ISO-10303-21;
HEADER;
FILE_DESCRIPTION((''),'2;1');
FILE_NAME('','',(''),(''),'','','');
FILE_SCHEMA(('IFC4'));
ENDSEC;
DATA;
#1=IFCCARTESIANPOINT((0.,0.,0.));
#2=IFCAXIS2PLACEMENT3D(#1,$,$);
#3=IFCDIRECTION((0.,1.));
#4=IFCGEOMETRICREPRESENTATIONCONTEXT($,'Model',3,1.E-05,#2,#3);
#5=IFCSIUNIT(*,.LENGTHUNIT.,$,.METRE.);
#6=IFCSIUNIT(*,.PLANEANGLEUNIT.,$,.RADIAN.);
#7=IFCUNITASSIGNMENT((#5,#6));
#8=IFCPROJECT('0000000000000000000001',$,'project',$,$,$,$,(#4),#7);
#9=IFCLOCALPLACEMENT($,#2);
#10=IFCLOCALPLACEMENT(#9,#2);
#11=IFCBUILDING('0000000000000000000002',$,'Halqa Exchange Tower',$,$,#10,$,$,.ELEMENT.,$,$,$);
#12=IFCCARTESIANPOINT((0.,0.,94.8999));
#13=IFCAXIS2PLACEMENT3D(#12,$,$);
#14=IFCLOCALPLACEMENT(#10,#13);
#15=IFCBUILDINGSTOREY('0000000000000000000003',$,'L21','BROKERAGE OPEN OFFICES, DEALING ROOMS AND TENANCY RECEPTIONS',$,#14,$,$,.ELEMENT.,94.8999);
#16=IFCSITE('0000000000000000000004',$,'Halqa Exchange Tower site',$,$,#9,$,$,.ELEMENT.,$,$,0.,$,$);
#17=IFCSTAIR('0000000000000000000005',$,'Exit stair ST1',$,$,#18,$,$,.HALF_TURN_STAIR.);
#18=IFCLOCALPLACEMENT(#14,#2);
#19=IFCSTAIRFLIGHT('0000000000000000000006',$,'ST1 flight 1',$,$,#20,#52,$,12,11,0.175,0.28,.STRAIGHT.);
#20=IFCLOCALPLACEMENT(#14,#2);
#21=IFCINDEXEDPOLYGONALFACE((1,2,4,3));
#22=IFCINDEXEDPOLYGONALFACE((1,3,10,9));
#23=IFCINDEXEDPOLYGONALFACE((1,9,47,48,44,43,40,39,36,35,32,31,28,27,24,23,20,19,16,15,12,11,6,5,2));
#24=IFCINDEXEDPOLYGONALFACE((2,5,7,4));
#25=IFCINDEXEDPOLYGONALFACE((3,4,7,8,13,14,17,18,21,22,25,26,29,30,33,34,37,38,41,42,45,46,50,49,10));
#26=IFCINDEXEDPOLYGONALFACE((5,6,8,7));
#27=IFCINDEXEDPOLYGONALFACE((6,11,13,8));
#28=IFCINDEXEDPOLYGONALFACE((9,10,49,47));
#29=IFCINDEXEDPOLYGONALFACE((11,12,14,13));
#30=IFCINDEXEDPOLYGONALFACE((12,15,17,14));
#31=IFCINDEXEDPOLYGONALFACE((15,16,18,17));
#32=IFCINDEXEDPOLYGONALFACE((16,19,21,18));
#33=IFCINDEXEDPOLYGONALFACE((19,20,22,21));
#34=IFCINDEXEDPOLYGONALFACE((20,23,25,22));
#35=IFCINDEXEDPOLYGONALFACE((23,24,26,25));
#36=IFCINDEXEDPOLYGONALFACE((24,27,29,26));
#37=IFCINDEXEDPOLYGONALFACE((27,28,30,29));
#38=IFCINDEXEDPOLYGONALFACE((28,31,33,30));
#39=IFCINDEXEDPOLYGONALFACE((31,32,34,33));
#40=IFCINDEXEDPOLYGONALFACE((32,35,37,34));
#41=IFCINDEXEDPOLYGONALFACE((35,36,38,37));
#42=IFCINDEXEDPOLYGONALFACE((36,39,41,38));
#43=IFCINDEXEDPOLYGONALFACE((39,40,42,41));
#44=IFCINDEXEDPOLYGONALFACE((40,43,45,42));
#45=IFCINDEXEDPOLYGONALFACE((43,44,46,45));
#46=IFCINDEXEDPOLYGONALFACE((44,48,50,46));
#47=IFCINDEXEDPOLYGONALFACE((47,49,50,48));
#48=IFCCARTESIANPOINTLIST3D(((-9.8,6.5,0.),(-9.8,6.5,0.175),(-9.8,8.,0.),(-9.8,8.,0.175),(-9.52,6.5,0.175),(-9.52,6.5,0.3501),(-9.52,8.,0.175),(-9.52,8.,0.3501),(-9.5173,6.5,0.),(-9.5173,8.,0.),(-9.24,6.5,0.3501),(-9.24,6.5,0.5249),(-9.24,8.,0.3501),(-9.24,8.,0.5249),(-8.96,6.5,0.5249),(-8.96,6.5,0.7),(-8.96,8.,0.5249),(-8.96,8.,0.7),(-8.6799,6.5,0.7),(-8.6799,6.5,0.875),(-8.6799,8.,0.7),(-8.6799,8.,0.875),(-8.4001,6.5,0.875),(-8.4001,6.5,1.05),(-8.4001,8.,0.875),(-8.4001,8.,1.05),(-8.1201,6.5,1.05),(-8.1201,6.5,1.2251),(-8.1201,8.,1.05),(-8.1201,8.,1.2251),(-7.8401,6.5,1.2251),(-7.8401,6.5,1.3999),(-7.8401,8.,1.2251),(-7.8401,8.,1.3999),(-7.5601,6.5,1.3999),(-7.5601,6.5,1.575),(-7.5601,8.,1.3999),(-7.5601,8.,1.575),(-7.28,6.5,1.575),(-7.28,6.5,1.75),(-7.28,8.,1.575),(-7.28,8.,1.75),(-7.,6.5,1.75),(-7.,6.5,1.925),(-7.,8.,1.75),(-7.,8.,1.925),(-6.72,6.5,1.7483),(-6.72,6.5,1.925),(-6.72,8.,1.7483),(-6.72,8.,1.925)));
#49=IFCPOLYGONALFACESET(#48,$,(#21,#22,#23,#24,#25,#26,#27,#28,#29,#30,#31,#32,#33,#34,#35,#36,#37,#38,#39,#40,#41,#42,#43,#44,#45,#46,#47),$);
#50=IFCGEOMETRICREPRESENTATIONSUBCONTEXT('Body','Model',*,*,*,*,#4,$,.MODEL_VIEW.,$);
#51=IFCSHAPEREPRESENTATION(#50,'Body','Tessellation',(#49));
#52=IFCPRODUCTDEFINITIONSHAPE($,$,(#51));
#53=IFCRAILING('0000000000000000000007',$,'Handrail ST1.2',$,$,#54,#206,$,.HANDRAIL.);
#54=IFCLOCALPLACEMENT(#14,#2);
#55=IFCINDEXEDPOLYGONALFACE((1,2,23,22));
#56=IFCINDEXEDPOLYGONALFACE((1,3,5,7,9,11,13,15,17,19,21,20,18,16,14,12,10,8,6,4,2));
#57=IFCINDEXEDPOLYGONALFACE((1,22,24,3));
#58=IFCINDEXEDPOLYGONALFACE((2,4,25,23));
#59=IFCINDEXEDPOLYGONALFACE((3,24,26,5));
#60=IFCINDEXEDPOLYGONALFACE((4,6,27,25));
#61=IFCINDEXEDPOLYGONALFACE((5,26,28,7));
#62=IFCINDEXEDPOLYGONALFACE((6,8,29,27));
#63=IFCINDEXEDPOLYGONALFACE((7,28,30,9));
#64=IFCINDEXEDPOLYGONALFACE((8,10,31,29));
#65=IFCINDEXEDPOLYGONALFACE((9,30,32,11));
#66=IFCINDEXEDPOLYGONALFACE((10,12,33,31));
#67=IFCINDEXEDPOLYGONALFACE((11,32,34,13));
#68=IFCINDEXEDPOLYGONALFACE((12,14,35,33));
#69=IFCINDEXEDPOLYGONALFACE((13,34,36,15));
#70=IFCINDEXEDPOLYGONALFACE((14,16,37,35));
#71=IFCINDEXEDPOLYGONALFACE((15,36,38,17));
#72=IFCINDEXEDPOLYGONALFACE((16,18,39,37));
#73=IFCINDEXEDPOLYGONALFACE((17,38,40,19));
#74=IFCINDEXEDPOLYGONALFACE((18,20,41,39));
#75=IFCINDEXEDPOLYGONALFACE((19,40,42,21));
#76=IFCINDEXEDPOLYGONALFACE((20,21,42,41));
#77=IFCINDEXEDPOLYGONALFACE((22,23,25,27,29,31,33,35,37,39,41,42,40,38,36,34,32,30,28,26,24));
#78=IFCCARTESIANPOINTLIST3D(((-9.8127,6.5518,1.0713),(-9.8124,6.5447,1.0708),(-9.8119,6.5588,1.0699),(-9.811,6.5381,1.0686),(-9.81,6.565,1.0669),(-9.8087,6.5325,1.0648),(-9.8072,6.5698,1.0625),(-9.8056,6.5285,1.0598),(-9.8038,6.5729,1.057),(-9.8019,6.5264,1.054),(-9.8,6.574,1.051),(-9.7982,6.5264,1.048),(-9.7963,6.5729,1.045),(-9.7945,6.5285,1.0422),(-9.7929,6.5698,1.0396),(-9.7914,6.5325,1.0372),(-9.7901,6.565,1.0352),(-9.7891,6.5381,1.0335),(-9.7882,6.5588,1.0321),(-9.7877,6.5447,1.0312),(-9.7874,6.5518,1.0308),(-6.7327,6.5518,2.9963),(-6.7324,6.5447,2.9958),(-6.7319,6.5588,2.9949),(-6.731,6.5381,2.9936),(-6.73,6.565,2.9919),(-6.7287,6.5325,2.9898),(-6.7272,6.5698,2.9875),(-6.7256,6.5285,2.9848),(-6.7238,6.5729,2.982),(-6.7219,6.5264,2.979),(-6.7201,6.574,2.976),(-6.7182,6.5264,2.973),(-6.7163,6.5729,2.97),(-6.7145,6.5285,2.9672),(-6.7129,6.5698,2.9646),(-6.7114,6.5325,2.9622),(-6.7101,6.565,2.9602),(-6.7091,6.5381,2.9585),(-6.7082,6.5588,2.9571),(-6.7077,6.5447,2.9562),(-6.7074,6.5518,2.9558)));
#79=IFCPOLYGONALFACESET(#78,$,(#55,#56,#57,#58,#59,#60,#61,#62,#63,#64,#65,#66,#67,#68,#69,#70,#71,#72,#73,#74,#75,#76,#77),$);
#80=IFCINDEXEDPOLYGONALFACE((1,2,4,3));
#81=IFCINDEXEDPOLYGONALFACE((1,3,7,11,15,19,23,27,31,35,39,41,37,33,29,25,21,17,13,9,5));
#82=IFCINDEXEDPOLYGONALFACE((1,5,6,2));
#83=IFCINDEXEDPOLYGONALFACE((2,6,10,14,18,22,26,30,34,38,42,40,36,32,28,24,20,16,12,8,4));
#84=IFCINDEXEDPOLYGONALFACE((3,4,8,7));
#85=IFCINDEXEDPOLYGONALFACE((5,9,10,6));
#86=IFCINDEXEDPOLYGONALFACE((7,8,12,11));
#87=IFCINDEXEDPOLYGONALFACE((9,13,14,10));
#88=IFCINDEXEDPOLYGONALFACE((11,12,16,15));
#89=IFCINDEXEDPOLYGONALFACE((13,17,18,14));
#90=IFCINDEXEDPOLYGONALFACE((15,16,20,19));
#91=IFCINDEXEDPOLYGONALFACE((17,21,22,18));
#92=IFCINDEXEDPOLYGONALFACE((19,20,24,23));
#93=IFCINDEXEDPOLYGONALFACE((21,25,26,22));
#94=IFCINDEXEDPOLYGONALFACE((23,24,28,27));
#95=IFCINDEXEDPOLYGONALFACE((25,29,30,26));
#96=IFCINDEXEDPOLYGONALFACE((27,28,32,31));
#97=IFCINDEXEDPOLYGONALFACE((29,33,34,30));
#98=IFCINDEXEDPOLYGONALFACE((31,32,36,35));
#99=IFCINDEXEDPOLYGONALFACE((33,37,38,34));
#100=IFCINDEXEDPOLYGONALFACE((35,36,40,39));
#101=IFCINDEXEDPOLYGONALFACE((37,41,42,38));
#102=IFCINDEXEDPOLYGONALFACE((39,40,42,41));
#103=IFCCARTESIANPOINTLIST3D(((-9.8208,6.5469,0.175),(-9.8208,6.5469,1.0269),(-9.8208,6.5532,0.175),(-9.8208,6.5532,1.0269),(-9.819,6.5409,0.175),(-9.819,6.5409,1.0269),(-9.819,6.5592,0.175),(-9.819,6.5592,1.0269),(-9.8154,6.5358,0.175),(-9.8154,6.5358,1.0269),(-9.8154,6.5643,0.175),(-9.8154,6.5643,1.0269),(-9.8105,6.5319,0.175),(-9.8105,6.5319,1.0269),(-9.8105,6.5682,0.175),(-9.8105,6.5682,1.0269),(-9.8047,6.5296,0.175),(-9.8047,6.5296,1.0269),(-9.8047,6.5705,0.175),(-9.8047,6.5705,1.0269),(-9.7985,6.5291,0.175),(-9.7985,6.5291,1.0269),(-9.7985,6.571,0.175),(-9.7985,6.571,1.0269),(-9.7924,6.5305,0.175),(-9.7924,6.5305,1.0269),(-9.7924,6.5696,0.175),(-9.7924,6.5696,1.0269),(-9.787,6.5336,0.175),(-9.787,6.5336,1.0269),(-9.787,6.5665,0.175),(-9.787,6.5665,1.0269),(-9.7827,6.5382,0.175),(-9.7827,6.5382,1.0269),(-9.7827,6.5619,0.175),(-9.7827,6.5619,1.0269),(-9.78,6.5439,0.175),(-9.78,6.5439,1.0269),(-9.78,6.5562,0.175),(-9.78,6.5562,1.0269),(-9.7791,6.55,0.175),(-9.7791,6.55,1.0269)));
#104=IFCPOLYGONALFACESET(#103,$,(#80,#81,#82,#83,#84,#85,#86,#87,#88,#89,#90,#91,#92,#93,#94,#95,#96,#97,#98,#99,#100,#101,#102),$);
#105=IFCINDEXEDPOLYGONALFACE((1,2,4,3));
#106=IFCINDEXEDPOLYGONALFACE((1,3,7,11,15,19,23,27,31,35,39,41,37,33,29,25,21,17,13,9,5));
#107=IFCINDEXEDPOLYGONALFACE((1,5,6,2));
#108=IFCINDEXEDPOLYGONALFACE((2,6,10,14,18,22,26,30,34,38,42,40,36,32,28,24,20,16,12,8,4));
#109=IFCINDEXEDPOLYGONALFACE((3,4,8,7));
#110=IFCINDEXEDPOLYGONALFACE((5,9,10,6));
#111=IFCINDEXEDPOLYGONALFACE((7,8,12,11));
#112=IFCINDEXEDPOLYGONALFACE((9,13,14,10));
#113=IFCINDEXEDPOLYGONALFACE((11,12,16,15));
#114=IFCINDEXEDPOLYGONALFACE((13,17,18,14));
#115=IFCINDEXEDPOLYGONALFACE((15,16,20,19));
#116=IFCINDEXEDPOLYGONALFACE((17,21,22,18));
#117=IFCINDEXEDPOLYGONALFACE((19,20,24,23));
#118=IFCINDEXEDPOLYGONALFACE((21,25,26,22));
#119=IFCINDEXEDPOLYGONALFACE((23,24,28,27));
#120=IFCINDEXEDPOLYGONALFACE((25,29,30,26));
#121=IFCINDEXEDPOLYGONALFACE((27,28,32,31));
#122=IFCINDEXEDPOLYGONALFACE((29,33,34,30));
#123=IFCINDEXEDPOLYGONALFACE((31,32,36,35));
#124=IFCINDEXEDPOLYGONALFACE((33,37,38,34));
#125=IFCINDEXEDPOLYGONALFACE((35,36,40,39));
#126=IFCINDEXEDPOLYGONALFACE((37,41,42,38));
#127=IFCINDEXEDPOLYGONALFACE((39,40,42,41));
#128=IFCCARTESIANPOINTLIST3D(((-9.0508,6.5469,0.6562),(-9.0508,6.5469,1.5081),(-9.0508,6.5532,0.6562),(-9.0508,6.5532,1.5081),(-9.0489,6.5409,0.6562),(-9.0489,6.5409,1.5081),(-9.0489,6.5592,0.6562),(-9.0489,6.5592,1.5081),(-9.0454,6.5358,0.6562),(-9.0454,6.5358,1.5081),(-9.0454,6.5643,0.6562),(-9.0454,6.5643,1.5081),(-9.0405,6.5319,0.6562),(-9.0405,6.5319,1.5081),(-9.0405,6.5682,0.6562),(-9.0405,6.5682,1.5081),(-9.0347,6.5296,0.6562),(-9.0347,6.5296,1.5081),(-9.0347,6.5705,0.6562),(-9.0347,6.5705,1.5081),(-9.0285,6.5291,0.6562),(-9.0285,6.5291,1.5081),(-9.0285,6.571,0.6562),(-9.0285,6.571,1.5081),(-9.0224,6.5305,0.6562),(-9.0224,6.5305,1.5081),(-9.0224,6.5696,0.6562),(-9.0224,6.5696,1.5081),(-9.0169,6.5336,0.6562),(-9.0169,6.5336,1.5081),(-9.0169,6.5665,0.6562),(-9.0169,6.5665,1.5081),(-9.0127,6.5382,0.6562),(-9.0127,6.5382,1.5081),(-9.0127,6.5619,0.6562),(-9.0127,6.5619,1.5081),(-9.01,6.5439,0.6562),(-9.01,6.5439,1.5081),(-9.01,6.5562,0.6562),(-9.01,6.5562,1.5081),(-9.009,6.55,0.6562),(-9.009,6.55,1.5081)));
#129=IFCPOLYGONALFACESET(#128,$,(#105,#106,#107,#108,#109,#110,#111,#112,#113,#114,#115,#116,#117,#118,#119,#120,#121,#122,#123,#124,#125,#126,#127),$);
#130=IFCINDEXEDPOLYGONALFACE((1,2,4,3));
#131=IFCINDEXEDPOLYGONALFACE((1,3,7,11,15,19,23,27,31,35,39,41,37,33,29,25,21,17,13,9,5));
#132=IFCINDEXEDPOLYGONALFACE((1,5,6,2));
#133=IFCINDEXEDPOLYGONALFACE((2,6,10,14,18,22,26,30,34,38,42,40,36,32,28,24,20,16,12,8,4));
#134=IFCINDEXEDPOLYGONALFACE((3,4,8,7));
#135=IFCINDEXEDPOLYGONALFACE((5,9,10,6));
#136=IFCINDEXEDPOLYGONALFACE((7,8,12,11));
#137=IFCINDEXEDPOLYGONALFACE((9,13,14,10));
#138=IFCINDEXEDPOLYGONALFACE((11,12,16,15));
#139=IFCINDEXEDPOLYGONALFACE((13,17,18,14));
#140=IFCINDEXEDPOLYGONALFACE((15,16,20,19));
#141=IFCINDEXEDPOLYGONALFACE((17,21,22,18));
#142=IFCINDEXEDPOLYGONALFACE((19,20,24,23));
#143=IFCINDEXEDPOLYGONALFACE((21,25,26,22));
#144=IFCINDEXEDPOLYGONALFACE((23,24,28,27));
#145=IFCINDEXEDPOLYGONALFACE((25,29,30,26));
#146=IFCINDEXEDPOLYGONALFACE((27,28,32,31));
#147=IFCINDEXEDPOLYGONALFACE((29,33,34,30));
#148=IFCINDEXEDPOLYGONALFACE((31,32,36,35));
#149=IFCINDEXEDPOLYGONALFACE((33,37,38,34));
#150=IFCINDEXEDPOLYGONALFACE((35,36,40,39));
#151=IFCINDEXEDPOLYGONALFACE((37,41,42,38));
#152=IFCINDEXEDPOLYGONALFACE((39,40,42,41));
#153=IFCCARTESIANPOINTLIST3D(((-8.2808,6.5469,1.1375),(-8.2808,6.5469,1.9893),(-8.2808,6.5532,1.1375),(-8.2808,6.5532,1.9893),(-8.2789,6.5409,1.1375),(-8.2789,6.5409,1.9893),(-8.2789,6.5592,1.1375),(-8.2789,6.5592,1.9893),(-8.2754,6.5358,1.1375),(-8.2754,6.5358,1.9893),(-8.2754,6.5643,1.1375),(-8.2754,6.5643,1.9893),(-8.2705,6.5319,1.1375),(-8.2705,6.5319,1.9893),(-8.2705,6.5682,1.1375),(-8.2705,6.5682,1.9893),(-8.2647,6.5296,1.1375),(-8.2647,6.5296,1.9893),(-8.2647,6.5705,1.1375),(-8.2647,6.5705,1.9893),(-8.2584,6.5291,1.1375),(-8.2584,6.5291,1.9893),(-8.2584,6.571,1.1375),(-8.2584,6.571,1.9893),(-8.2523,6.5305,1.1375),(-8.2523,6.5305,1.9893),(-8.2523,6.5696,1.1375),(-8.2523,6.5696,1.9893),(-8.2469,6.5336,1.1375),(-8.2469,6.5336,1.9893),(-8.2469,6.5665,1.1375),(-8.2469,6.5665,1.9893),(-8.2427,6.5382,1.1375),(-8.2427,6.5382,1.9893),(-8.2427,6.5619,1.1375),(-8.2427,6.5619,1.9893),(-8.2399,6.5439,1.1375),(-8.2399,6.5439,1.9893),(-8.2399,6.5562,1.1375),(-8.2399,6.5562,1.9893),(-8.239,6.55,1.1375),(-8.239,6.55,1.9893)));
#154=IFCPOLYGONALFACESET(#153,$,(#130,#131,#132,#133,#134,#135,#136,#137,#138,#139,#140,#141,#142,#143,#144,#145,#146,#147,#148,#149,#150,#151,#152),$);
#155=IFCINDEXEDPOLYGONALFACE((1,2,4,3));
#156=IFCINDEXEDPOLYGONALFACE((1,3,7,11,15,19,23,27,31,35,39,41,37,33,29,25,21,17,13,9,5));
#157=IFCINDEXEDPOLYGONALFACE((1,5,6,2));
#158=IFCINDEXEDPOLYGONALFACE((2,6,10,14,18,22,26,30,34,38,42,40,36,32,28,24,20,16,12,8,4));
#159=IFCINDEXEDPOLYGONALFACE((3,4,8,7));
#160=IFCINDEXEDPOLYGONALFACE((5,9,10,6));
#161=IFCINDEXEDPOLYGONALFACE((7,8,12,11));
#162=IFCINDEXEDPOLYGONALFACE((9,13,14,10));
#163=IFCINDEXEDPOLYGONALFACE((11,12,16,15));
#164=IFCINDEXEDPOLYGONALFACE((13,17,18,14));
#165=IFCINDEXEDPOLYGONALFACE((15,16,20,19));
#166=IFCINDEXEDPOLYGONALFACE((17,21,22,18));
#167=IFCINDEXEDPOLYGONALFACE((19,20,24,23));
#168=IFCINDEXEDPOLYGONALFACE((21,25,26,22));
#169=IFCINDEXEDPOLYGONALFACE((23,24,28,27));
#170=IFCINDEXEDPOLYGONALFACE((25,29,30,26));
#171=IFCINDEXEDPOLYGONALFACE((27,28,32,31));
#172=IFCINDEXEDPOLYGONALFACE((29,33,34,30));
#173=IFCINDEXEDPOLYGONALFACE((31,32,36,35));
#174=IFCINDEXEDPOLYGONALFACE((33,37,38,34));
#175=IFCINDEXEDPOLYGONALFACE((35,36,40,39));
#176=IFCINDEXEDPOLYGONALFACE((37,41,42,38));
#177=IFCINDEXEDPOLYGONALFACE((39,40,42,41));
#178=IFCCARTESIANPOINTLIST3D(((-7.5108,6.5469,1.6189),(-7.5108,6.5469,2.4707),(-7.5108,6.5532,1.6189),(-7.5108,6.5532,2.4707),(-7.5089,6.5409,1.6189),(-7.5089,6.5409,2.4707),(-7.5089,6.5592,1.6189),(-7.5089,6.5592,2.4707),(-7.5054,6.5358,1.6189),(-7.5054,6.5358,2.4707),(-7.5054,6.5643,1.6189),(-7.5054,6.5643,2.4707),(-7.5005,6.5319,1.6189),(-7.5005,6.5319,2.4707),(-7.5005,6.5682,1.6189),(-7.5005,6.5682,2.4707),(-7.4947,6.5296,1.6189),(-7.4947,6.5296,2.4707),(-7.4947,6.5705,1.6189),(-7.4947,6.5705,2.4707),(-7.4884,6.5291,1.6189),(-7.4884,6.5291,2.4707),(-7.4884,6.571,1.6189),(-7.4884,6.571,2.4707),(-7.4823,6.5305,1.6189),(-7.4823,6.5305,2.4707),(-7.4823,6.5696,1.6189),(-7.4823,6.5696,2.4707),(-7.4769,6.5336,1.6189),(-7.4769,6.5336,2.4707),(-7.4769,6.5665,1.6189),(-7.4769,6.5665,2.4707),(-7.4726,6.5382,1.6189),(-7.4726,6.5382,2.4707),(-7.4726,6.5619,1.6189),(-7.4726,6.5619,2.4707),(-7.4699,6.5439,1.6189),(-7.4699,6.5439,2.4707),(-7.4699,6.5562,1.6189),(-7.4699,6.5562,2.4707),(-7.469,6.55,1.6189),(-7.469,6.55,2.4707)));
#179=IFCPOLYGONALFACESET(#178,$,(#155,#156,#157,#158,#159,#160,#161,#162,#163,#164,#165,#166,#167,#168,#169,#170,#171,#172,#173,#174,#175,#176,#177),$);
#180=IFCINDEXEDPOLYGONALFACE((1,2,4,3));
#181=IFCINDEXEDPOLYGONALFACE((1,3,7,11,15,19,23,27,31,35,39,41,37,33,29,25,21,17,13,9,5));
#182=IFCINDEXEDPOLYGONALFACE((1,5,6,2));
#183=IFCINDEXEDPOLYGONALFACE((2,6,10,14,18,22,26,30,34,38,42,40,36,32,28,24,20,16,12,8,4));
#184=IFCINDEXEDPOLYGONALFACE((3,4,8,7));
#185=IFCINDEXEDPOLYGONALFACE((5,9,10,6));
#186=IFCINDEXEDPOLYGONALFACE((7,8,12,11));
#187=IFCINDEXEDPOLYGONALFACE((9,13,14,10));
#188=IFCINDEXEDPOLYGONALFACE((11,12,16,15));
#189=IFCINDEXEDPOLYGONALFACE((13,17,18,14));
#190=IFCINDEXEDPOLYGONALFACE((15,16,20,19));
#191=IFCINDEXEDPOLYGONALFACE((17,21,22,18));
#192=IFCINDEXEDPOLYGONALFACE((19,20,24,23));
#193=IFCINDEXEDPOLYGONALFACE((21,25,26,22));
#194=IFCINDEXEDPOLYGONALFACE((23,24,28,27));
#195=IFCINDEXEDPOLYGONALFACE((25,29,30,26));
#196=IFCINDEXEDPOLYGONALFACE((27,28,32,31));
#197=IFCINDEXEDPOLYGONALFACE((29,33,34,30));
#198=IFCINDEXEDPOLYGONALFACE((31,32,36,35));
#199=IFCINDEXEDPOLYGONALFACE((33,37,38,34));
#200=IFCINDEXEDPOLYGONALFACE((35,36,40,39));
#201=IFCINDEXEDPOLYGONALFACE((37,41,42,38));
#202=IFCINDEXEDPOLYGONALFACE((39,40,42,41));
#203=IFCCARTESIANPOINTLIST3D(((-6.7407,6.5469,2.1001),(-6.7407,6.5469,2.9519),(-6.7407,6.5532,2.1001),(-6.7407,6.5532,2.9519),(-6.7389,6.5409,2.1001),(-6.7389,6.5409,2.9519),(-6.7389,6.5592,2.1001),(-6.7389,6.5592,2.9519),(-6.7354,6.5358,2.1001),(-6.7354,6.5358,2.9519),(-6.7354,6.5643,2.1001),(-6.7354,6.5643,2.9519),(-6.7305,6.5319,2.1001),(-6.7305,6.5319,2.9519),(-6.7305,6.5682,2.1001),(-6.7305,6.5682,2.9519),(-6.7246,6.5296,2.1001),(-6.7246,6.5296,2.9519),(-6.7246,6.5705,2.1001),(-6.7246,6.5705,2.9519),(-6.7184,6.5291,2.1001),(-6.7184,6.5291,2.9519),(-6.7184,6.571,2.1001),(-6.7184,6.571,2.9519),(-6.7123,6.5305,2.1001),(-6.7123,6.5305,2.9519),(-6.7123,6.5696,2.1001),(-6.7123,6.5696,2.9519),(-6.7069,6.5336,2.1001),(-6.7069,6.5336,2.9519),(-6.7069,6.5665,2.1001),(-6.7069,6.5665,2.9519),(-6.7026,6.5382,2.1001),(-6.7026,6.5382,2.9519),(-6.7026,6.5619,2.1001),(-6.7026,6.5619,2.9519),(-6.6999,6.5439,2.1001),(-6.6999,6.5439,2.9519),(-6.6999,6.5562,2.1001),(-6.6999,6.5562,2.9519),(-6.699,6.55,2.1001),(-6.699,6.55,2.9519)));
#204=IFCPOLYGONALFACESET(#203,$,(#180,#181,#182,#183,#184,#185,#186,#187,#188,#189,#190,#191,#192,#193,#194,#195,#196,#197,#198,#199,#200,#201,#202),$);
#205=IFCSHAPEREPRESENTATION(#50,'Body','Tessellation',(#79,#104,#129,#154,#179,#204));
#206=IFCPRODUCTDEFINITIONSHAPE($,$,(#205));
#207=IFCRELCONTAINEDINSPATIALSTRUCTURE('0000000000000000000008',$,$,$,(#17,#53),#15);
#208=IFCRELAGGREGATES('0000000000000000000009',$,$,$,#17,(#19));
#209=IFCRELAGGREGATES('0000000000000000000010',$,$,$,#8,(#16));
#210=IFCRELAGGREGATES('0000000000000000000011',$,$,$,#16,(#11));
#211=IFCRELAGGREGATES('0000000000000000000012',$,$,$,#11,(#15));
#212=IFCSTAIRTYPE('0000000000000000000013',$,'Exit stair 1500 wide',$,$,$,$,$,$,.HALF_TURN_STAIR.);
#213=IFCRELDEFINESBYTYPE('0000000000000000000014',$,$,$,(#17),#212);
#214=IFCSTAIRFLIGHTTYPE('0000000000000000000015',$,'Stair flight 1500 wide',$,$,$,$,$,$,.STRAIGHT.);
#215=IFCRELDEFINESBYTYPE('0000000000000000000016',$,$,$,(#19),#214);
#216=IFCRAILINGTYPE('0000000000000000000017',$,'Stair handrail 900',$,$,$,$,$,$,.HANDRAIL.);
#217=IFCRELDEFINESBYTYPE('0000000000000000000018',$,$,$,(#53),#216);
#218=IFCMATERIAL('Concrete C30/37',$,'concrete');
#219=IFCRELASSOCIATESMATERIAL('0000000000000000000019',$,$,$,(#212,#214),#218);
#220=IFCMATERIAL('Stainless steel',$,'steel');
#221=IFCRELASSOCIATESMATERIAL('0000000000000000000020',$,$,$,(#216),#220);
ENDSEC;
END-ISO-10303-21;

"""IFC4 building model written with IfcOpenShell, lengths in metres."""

from ifc_helpers import new_model, si_unit, direction, frame, origin, origin_2d, place, context, subcontext, project, spatial, polyline, circle, outline, extrude, material, type_object, element, aggregate, save


model = new_model("IFC4")

# Units and contexts
model_context = context("Model", 3, precision=1e-05, world=origin(), true_north=direction((0.0, 1.0)))
body_context = subcontext(model_context, "Body", "Model", "MODEL_VIEW")
ifc_project = project(units=[si_unit("LENGTHUNIT", "METRE"), si_unit("PLANEANGLEUNIT", "RADIAN")], contexts=[model_context])

# Site, building, storey
site_placement = place(None, origin())
site = spatial("IfcSite", under=ifc_project, at=site_placement, Name="Halqa Exchange Tower site", CompositionType="ELEMENT", RefElevation=0.0)
building_placement = place(site_placement, origin())
building = spatial("IfcBuilding", under=site, at=building_placement, Name="Halqa Exchange Tower", CompositionType="ELEMENT")
storey_placement = place(building_placement, frame((0.0, 0.0, 94.8999)))
storey = spatial("IfcBuildingStorey", under=building, at=storey_placement, Name="L21", Description="BROKERAGE OPEN OFFICES, DEALING ROOMS AND TENANCY RECEPTIONS", CompositionType="ELEMENT", Elevation=94.8999)

# Shared definitions
ifc_material_1 = material(Name="Stainless steel", Category="steel")

# Shared definitions
ifc_material_2 = material(Name="Concrete C30/37", Category="concrete")

# Stair, stair flight
stair_type = type_object("IfcStairType", Name="Exit stair 1500 wide", PredefinedType="HALF_TURN_STAIR", material=ifc_material_2)
stair_placement = place(storey_placement, origin())
stair = element("IfcStair", 1, at=stair_placement, inside=storey, type_object=stair_type, Name="Exit stair ST1", PredefinedType="HALF_TURN_STAIR")
stair_flight_type = type_object("IfcStairFlightType", Name="Stair flight 1500 wide", PredefinedType="STRAIGHT", material=ifc_material_2)
stair_flight_placement = place(storey_placement, frame((-9.8, 7.25, 0.0), z_axis=(0.0, 0.0, 1.0), x_axis=(1.0, 0.0, 0.0)))
stair_flight = element("IfcStairFlight", 2, at=stair_flight_placement, type_object=stair_flight_type, Name="ST1 flight 1", NumberOfRisers=12, NumberOfTreads=11, PredefinedType="STRAIGHT", RiserHeight=0.175, TreadLength=0.28, context=body_context, shape_type="SweptSolid", body=[
    extrude(outline(polyline([(0.0, 0.0), (0.0, 0.175), (0.28, 0.175), (0.28, 0.3501), (0.5601, 0.3501), (0.5601, 0.5249), (0.8401, 0.5249), (0.8401, 0.7), (1.1201, 0.7), (1.1201, 0.875), (1.3999, 0.875), (1.3999, 1.05), (1.6799, 1.05), (1.6799, 1.2251), (1.96, 1.2251), (1.96, 1.3999), (2.24, 1.3999), (2.24, 1.575), (2.52, 1.575), (2.52, 1.75), (2.8, 1.75), (2.8, 1.925), (3.0801, 1.925), (3.0801, 2.1001), (3.0801, 1.7483), (0.2827, 0.0), (0.0, 0.0)])), frame((0.0, 0.75, 0.0), z_axis=(0.0, -1.0, 0.0), x_axis=(1.0, 0.0, 0.0)), (0.0, 0.0, 1.0), 1.5),
])
aggregate(stair, [stair_flight])

# Railing
railing_type_1 = type_object("IfcRailingType", Name="Stair handrail 900", PredefinedType="HANDRAIL", material=ifc_material_1)
railing_1_placement = place(storey_placement, frame((-9.8, 6.55, 0.175)))
element("IfcRailing", 3, at=railing_1_placement, inside=storey, type_object=railing_type_1, Name="Handrail ST1.2", PredefinedType="HANDRAIL", context=body_context, shape_type="SweptSolid", body=[
    extrude(circle(Radius=0.0239, at=origin_2d()), frame((0.0, 0.0, 0.876), z_axis=(0.847998, 0.0, 0.529999), x_axis=(0.0, 1.0, 0.0)), (0.0, 0.0, 1.0), 3.6321),
    extrude(circle(Radius=0.021, at=origin_2d()), origin(), (0.0, 0.0, 1.0), 0.8518),
    extrude(circle(Radius=0.021, at=origin_2d()), frame((0.77, 0.0, 0.4812)), (0.0, 0.0, 1.0), 0.8518),
    extrude(circle(Radius=0.021, at=origin_2d()), frame((1.54, 0.0, 0.9624)), (0.0, 0.0, 1.0), 0.8518),
    extrude(circle(Radius=0.021, at=origin_2d()), frame((2.3101, 0.0, 1.4438)), (0.0, 0.0, 1.0), 0.8518),
    extrude(circle(Radius=0.021, at=origin_2d()), frame((3.0801, 0.0, 1.925)), (0.0, 0.0, 1.0), 0.8518),
])

save(model, "model.ifc")
